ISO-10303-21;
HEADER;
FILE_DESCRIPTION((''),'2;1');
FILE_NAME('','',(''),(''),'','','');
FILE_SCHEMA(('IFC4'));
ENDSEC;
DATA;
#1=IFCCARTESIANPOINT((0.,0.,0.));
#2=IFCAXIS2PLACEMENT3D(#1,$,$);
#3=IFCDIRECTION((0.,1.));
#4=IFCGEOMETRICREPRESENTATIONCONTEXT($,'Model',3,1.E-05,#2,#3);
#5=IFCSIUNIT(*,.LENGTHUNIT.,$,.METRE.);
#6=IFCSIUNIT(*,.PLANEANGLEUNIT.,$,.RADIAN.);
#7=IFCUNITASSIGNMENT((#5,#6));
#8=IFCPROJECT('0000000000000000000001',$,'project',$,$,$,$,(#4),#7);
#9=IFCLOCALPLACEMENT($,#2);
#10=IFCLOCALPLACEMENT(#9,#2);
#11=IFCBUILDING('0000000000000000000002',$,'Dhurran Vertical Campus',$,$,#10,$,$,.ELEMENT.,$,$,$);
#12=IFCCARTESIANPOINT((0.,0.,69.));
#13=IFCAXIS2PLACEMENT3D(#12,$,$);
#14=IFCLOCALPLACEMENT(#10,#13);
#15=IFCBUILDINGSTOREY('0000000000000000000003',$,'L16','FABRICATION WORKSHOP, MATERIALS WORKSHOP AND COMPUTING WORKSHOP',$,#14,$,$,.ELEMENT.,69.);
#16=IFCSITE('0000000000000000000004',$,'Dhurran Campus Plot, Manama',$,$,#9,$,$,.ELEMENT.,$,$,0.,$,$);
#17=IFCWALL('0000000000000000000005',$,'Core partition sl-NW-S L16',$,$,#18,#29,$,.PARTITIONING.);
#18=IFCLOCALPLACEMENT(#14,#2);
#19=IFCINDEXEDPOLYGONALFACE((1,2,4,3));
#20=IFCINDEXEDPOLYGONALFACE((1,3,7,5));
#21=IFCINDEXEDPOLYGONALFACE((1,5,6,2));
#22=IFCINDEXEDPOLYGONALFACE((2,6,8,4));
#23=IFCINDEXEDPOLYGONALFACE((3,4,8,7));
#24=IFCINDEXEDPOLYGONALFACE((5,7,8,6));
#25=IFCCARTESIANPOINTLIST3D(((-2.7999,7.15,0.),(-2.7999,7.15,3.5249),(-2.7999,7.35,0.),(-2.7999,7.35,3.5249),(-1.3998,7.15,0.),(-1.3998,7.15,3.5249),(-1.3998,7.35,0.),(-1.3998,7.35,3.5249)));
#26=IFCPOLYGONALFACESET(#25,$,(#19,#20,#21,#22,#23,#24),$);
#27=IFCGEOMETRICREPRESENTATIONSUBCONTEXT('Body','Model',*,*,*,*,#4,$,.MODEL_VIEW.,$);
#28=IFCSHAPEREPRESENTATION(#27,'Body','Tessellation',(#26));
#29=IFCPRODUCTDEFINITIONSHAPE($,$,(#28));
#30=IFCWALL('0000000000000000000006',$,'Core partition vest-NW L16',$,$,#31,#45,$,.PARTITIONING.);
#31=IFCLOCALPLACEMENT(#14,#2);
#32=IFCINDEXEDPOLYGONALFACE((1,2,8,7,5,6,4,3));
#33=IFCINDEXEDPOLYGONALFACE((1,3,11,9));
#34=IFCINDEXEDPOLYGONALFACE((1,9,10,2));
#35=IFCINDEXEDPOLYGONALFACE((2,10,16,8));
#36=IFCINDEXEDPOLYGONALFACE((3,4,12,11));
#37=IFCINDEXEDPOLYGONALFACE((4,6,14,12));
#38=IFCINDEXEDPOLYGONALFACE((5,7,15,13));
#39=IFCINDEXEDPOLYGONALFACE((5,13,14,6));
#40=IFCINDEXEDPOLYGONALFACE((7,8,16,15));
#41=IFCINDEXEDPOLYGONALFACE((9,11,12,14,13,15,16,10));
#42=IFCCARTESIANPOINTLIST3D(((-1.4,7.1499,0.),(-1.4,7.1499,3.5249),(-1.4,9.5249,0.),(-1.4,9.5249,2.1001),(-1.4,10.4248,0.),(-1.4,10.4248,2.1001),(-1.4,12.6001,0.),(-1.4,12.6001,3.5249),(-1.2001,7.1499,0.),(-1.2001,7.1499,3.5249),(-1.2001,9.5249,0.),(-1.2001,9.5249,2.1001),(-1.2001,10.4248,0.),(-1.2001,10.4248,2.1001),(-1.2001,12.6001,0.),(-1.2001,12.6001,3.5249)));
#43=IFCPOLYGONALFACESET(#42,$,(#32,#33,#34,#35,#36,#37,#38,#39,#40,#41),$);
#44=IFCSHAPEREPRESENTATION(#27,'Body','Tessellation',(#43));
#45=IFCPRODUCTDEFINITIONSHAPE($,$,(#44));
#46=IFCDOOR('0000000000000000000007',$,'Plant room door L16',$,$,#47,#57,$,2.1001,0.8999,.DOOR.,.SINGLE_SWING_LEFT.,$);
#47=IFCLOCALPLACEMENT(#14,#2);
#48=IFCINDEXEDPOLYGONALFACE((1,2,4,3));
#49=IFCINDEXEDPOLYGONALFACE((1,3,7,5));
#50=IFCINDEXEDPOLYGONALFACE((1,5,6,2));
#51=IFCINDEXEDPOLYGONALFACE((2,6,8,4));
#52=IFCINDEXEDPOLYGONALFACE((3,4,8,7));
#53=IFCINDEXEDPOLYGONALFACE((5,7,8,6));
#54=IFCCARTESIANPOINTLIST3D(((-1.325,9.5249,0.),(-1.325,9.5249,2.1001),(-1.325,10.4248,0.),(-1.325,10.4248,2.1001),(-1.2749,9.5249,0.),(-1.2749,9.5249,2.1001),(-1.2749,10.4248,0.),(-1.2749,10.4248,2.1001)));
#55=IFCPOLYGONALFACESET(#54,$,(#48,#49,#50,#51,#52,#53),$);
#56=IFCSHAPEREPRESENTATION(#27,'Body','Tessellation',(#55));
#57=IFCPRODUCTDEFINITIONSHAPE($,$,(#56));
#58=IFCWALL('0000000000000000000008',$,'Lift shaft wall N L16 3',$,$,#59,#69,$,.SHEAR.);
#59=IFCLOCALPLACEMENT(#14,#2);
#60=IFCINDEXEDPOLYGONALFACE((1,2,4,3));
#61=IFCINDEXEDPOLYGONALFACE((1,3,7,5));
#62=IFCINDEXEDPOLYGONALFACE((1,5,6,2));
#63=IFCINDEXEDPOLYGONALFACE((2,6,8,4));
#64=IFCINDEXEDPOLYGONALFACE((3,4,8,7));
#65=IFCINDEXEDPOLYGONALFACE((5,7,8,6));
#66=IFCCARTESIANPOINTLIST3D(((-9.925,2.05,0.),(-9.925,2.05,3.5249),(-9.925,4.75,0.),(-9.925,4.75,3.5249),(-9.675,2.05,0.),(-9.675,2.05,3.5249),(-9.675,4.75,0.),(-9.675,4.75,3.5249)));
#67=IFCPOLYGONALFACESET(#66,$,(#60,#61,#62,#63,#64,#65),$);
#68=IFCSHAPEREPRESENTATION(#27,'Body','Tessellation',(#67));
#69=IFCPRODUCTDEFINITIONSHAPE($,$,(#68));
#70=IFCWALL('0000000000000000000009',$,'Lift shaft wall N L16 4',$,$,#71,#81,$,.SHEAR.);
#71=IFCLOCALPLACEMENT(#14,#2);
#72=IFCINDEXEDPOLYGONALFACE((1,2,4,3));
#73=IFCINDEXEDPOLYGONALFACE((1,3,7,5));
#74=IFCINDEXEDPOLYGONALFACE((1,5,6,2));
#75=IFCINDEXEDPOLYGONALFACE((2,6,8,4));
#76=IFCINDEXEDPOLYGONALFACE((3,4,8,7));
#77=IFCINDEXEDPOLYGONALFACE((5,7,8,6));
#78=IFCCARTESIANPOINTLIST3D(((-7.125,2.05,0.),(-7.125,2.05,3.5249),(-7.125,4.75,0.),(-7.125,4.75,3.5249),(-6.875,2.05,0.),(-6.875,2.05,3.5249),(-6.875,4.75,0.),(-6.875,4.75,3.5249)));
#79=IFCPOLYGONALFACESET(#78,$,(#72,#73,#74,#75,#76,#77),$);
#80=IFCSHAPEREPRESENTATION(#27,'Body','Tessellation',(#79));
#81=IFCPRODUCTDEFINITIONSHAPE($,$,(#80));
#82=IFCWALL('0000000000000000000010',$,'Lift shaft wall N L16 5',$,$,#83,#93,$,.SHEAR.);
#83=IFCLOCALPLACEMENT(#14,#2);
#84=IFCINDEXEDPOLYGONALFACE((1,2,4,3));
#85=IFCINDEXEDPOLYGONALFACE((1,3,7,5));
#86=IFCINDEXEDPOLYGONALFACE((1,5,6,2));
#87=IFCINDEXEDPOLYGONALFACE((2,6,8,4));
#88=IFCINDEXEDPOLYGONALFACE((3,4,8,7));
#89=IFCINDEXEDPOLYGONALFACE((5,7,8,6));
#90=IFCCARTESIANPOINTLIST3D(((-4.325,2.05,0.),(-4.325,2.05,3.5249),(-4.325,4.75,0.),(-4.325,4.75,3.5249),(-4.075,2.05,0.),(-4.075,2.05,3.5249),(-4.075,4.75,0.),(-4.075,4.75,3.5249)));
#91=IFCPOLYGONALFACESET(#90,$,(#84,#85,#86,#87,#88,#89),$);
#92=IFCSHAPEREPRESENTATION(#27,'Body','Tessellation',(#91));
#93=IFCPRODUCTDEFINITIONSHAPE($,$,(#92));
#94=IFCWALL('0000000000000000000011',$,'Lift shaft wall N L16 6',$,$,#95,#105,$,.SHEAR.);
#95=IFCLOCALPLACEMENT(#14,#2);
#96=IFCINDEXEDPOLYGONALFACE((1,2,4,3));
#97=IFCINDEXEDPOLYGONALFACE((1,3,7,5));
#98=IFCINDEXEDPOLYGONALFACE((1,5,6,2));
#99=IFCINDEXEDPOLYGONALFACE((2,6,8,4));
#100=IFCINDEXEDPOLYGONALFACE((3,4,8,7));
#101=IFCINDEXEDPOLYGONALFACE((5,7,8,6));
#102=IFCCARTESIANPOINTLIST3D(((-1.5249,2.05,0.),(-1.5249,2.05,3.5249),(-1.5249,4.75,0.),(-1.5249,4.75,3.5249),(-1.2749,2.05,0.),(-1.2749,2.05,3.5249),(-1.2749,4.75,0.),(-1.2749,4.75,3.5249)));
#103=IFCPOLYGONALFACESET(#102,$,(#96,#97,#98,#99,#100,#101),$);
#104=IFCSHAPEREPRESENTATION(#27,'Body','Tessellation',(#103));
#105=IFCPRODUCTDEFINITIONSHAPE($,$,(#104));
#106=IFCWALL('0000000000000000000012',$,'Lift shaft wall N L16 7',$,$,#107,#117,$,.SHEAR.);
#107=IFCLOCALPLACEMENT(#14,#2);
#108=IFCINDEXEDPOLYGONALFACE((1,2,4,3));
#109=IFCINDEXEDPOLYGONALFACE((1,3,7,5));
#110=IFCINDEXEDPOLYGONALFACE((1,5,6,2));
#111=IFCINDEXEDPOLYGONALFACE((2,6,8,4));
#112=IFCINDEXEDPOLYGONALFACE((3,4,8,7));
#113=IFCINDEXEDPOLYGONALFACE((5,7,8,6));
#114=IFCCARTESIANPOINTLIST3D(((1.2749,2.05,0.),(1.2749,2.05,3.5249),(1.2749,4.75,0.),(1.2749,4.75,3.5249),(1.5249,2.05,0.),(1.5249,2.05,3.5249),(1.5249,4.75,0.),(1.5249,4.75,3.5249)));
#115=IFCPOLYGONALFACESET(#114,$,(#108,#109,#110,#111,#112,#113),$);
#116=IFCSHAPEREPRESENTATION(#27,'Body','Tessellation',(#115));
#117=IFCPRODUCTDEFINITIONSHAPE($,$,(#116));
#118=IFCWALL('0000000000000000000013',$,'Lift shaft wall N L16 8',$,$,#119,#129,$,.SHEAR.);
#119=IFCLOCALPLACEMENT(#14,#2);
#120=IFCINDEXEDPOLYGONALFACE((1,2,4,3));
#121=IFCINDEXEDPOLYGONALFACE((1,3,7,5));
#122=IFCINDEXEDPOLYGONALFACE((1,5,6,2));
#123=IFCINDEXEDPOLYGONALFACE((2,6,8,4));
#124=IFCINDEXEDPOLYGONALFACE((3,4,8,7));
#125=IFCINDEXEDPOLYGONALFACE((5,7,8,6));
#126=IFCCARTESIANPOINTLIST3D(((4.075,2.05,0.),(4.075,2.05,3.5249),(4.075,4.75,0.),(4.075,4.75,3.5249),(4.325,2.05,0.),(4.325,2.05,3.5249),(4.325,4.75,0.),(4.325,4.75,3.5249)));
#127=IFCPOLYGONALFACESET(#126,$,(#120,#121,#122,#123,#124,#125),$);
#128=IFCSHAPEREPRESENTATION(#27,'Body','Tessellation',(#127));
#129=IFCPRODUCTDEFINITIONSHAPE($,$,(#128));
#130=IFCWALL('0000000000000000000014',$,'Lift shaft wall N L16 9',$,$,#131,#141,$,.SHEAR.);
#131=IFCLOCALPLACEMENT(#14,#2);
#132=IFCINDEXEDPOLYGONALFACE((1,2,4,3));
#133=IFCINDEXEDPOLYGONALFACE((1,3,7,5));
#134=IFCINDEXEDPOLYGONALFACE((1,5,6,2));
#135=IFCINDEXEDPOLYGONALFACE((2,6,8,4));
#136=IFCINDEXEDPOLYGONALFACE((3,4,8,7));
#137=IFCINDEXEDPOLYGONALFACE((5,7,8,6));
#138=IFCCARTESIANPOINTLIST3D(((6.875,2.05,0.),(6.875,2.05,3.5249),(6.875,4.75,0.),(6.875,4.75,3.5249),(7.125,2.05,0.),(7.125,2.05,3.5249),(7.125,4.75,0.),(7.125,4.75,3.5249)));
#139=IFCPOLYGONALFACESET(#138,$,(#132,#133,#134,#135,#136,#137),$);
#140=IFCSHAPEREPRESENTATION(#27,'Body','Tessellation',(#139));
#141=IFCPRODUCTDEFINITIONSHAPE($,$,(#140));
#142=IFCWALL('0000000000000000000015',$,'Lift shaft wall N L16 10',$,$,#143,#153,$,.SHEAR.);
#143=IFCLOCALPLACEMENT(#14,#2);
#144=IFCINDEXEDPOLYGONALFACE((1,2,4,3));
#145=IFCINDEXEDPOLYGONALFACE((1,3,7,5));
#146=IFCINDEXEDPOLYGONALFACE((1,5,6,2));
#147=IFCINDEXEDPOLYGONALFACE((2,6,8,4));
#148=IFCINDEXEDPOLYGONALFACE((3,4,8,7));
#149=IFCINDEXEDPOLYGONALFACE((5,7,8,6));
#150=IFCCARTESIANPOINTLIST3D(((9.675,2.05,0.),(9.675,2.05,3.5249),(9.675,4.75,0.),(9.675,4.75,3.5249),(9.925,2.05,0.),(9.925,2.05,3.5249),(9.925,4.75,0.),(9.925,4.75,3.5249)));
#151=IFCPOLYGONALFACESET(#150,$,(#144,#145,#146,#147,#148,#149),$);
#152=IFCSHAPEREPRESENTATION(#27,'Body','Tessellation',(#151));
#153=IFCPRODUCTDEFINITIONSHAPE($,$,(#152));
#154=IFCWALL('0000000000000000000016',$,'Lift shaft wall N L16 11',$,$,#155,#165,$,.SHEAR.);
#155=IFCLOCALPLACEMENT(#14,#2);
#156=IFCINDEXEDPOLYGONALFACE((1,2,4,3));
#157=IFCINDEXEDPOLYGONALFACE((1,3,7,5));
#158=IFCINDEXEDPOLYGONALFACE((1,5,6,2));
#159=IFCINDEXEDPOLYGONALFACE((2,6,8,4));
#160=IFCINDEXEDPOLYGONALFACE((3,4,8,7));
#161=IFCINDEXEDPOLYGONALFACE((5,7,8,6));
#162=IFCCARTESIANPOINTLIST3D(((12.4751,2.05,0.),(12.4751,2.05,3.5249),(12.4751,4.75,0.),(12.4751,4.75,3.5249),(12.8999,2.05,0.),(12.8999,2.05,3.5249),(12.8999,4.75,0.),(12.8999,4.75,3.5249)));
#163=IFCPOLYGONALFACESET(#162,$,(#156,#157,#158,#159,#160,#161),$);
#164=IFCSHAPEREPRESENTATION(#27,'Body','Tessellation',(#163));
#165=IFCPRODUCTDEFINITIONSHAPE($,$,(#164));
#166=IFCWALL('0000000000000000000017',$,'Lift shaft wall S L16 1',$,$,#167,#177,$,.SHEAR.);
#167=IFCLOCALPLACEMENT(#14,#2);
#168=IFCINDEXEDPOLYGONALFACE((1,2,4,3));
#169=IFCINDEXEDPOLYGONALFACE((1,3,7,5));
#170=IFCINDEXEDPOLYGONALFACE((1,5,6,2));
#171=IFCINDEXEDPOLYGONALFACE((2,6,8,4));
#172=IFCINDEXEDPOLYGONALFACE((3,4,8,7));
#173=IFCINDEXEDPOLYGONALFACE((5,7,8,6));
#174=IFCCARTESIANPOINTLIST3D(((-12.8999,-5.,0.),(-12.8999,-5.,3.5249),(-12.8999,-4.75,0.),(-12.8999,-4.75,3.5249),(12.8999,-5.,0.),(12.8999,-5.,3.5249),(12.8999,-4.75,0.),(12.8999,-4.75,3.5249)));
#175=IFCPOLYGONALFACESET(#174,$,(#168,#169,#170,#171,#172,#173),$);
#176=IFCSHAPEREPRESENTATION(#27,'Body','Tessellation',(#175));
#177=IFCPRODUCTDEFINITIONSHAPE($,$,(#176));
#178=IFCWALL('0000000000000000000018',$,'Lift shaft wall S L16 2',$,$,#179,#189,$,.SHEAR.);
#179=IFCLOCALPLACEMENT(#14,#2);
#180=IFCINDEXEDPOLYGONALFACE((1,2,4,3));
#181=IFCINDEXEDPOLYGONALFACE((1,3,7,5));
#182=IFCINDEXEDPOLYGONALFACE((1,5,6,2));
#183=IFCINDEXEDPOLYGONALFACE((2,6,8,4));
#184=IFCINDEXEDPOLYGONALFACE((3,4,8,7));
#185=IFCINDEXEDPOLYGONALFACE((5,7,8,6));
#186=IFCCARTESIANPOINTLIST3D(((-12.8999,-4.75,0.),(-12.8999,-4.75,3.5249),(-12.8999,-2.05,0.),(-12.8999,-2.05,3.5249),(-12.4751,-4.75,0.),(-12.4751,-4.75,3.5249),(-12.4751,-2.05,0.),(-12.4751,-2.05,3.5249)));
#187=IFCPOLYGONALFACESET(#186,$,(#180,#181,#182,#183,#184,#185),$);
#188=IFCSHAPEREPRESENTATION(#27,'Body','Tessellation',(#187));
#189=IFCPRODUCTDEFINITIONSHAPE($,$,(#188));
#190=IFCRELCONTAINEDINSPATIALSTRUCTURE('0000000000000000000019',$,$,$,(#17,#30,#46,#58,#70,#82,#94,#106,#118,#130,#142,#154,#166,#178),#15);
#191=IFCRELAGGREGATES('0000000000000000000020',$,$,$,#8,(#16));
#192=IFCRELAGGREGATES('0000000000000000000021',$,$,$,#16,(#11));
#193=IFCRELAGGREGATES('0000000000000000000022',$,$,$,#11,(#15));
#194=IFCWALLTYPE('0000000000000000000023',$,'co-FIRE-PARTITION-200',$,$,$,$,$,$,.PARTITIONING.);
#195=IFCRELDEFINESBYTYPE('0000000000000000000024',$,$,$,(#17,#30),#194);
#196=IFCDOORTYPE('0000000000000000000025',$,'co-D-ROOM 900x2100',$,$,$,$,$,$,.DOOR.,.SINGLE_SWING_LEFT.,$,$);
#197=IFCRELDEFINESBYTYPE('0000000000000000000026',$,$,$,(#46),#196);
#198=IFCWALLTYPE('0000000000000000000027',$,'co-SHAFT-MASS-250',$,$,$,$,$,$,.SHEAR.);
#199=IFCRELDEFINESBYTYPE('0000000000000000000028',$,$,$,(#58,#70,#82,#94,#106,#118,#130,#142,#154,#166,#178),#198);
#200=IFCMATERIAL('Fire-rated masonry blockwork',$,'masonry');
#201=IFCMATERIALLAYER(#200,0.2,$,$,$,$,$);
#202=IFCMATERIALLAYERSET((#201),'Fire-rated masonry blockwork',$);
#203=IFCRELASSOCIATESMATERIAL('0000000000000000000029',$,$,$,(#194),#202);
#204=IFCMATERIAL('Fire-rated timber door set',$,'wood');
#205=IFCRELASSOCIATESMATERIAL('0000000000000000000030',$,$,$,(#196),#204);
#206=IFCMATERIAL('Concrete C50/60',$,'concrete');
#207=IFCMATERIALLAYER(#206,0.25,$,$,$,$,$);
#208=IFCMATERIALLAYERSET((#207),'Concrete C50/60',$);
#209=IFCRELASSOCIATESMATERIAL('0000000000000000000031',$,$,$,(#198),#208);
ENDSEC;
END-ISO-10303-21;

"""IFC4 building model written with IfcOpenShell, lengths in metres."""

from ifc_helpers import new_model, si_unit, direction, frame, frame_2d, origin, place, context, subcontext, project, spatial, polyline, rectangle, outline, extrude, material, layer, layer_set, type_object, element, fill, save


model = new_model("IFC4")

# Units and contexts
model_context = context("Model", 3, precision=1e-05, world=origin(), true_north=direction((0.0, 1.0)))
body_context = subcontext(model_context, "Body", "Model", "MODEL_VIEW")
ifc_project = project(units=[si_unit("LENGTHUNIT", "METRE"), si_unit("PLANEANGLEUNIT", "RADIAN")], contexts=[model_context])

# Site, building, storey
site_placement = place(None, origin())
site = spatial("IfcSite", under=ifc_project, at=site_placement, Name="Dhurran Campus Plot, Manama", CompositionType="ELEMENT", RefElevation=0.0)
building_placement = place(site_placement, origin())
building = spatial("IfcBuilding", under=site, at=building_placement, Name="Dhurran Vertical Campus", CompositionType="ELEMENT")
storey_placement = place(building_placement, frame((0.0, 0.0, 69.0)))
storey = spatial("IfcBuildingStorey", under=building, at=storey_placement, Name="L16", Description="FABRICATION WORKSHOP, MATERIALS WORKSHOP AND COMPUTING WORKSHOP", CompositionType="ELEMENT", Elevation=69.0)

# Wall
ifc_material_1 = material(Name="Fire-rated masonry blockwork", Category="masonry")
ifc_layer_1 = layer(ifc_material_1, 0.2)
ifc_layer_set_1 = layer_set([ifc_layer_1], Name="Fire-rated masonry blockwork")
wall_type_1 = type_object("IfcWallType", Name="co-FIRE-PARTITION-200", PredefinedType="PARTITIONING", material=ifc_layer_set_1)
wall_1_placement = place(storey_placement, frame((-2.8, 7.25, 0.0), z_axis=(0.0, 0.0, 1.0), x_axis=(1.0, 0.0, 0.0)))
element("IfcWall", 1, at=wall_1_placement, inside=storey, type_object=wall_type_1, Name="Core partition sl-NW-S L16", PredefinedType="PARTITIONING", context=body_context, shape_type="SweptSolid", body=[
    extrude(rectangle(XDim=1.4001, YDim=0.2, at=frame_2d((0.7002, 0.0))), origin(), (0.0, 0.0, 1.0), 3.5249),
])

# Wall, opening, door
wall_2_placement = place(storey_placement, frame((-1.3, 7.1499, 0.0), z_axis=(0.0, 0.0, 1.0), x_axis=(0.0, 1.0, 0.0)))
wall_2 = element("IfcWall", 2, at=wall_2_placement, inside=storey, type_object=wall_type_1, Name="Core partition vest-NW L16", PredefinedType="PARTITIONING", context=body_context, shape_type="SweptSolid", body=[
    extrude(rectangle(XDim=5.4502, YDim=0.2, at=frame_2d((2.7251, 0.0))), origin(), (0.0, 0.0, 1.0), 3.5249),
])
opening_placement = place(wall_2_placement, frame((2.375, 0.0, 0.0)))
opening = element("IfcOpeningElement", 3, at=opening_placement, cuts=wall_2, PredefinedType="OPENING", context=body_context, shape_type="SweptSolid", body=[
    extrude(rectangle(XDim=0.8999, YDim=2.1001, at=frame_2d((0.45, 1.05))), frame((0.0, 0.1099, 0.0), z_axis=(0.0, -1.0, 0.0), x_axis=(1.0, 0.0, 0.0)), (0.0, 0.0, 1.0), 0.22),
])
ifc_material_2 = material(Name="Fire-rated timber door set", Category="wood")
door_type = type_object("IfcDoorType", Name="co-D-ROOM 900x2100", OperationType="SINGLE_SWING_LEFT", PredefinedType="DOOR", material=ifc_material_2)
door_placement = place(opening_placement, origin())
door = element("IfcDoor", 4, at=door_placement, inside=storey, type_object=door_type, Name="Plant room door L16", OperationType="SINGLE_SWING_LEFT", OverallHeight=2.1001, OverallWidth=0.8999, PredefinedType="DOOR", context=body_context, shape_type="SweptSolid", body=[
    extrude(rectangle(XDim=0.8999, YDim=2.1001, at=frame_2d((0.45, 1.05))), frame((0.0, 0.0249, 0.0), z_axis=(0.0, -1.0, 0.0), x_axis=(1.0, 0.0, 0.0)), (0.0, 0.0, 1.0), 0.05),
])
fill(opening, door)

# Walls
ifc_material_3 = material(Name="Concrete C50/60", Category="concrete")
ifc_layer_2 = layer(ifc_material_3, 0.25)
ifc_layer_set_2 = layer_set([ifc_layer_2], Name="Concrete C50/60")
wall_type_2 = type_object("IfcWallType", Name="co-SHAFT-MASS-250", PredefinedType="SHEAR", material=ifc_layer_set_2)
wall_3_placement = place(storey_placement, origin())
element("IfcWall", 5, at=wall_3_placement, inside=storey, type_object=wall_type_2, Name="Lift shaft wall N L16 3", PredefinedType="SHEAR", context=body_context, shape_type="SweptSolid", body=[
    extrude(outline(polyline([(-9.925, 2.05), (-9.675, 2.05), (-9.675, 4.75), (-9.925, 4.75), (-9.925, 2.05)])), origin(), (0.0, 0.0, 1.0), 3.5249),
])
wall_4_placement = place(storey_placement, origin())
element("IfcWall", 6, at=wall_4_placement, inside=storey, type_object=wall_type_2, Name="Lift shaft wall N L16 4", PredefinedType="SHEAR", context=body_context, shape_type="SweptSolid", body=[
    extrude(outline(polyline([(-7.125, 2.05), (-6.875, 2.05), (-6.875, 4.75), (-7.125, 4.75), (-7.125, 2.05)])), origin(), (0.0, 0.0, 1.0), 3.5249),
])
wall_5_placement = place(storey_placement, origin())
element("IfcWall", 7, at=wall_5_placement, inside=storey, type_object=wall_type_2, Name="Lift shaft wall N L16 5", PredefinedType="SHEAR", context=body_context, shape_type="SweptSolid", body=[
    extrude(outline(polyline([(-4.325, 2.05), (-4.075, 2.05), (-4.075, 4.75), (-4.325, 4.75), (-4.325, 2.05)])), origin(), (0.0, 0.0, 1.0), 3.5249),
])
wall_6_placement = place(storey_placement, origin())
element("IfcWall", 8, at=wall_6_placement, inside=storey, type_object=wall_type_2, Name="Lift shaft wall N L16 6", PredefinedType="SHEAR", context=body_context, shape_type="SweptSolid", body=[
    extrude(outline(polyline([(-1.5249, 2.05), (-1.2749, 2.05), (-1.2749, 4.75), (-1.5249, 4.75), (-1.5249, 2.05)])), origin(), (0.0, 0.0, 1.0), 3.5249),
])
wall_7_placement = place(storey_placement, origin())
element("IfcWall", 9, at=wall_7_placement, inside=storey, type_object=wall_type_2, Name="Lift shaft wall N L16 7", PredefinedType="SHEAR", context=body_context, shape_type="SweptSolid", body=[
    extrude(outline(polyline([(1.2749, 2.05), (1.5249, 2.05), (1.5249, 4.75), (1.2749, 4.75), (1.2749, 2.05)])), origin(), (0.0, 0.0, 1.0), 3.5249),
])
wall_8_placement = place(storey_placement, origin())
element("IfcWall", 10, at=wall_8_placement, inside=storey, type_object=wall_type_2, Name="Lift shaft wall N L16 8", PredefinedType="SHEAR", context=body_context, shape_type="SweptSolid", body=[
    extrude(outline(polyline([(4.075, 2.05), (4.325, 2.05), (4.325, 4.75), (4.075, 4.75), (4.075, 2.05)])), origin(), (0.0, 0.0, 1.0), 3.5249),
])
wall_9_placement = place(storey_placement, origin())
element("IfcWall", 11, at=wall_9_placement, inside=storey, type_object=wall_type_2, Name="Lift shaft wall N L16 9", PredefinedType="SHEAR", context=body_context, shape_type="SweptSolid", body=[
    extrude(outline(polyline([(6.875, 2.05), (7.125, 2.05), (7.125, 4.75), (6.875, 4.75), (6.875, 2.05)])), origin(), (0.0, 0.0, 1.0), 3.5249),
])
wall_10_placement = place(storey_placement, origin())
element("IfcWall", 12, at=wall_10_placement, inside=storey, type_object=wall_type_2, Name="Lift shaft wall N L16 10", PredefinedType="SHEAR", context=body_context, shape_type="SweptSolid", body=[
    extrude(outline(polyline([(9.675, 2.05), (9.925, 2.05), (9.925, 4.75), (9.675, 4.75), (9.675, 2.05)])), origin(), (0.0, 0.0, 1.0), 3.5249),
])
wall_11_placement = place(storey_placement, origin())
element("IfcWall", 13, at=wall_11_placement, inside=storey, type_object=wall_type_2, Name="Lift shaft wall N L16 11", PredefinedType="SHEAR", context=body_context, shape_type="SweptSolid", body=[
    extrude(outline(polyline([(12.4751, 2.05), (12.8999, 2.05), (12.8999, 4.75), (12.4751, 4.75), (12.4751, 2.05)])), origin(), (0.0, 0.0, 1.0), 3.5249),
])
wall_12_placement = place(storey_placement, origin())
element("IfcWall", 14, at=wall_12_placement, inside=storey, type_object=wall_type_2, Name="Lift shaft wall S L16 1", PredefinedType="SHEAR", context=body_context, shape_type="SweptSolid", body=[
    extrude(outline(polyline([(-12.8999, -5.0), (12.8999, -5.0), (12.8999, -4.75), (-12.8999, -4.75), (-12.8999, -5.0)])), origin(), (0.0, 0.0, 1.0), 3.5249),
])
wall_13_placement = place(storey_placement, origin())
element("IfcWall", 15, at=wall_13_placement, inside=storey, type_object=wall_type_2, Name="Lift shaft wall S L16 2", PredefinedType="SHEAR", context=body_context, shape_type="SweptSolid", body=[
    extrude(outline(polyline([(-12.8999, -4.75), (-12.4751, -4.75), (-12.4751, -2.05), (-12.8999, -2.05), (-12.8999, -4.75)])), origin(), (0.0, 0.0, 1.0), 3.5249),
])

save(model, "model.ifc")
